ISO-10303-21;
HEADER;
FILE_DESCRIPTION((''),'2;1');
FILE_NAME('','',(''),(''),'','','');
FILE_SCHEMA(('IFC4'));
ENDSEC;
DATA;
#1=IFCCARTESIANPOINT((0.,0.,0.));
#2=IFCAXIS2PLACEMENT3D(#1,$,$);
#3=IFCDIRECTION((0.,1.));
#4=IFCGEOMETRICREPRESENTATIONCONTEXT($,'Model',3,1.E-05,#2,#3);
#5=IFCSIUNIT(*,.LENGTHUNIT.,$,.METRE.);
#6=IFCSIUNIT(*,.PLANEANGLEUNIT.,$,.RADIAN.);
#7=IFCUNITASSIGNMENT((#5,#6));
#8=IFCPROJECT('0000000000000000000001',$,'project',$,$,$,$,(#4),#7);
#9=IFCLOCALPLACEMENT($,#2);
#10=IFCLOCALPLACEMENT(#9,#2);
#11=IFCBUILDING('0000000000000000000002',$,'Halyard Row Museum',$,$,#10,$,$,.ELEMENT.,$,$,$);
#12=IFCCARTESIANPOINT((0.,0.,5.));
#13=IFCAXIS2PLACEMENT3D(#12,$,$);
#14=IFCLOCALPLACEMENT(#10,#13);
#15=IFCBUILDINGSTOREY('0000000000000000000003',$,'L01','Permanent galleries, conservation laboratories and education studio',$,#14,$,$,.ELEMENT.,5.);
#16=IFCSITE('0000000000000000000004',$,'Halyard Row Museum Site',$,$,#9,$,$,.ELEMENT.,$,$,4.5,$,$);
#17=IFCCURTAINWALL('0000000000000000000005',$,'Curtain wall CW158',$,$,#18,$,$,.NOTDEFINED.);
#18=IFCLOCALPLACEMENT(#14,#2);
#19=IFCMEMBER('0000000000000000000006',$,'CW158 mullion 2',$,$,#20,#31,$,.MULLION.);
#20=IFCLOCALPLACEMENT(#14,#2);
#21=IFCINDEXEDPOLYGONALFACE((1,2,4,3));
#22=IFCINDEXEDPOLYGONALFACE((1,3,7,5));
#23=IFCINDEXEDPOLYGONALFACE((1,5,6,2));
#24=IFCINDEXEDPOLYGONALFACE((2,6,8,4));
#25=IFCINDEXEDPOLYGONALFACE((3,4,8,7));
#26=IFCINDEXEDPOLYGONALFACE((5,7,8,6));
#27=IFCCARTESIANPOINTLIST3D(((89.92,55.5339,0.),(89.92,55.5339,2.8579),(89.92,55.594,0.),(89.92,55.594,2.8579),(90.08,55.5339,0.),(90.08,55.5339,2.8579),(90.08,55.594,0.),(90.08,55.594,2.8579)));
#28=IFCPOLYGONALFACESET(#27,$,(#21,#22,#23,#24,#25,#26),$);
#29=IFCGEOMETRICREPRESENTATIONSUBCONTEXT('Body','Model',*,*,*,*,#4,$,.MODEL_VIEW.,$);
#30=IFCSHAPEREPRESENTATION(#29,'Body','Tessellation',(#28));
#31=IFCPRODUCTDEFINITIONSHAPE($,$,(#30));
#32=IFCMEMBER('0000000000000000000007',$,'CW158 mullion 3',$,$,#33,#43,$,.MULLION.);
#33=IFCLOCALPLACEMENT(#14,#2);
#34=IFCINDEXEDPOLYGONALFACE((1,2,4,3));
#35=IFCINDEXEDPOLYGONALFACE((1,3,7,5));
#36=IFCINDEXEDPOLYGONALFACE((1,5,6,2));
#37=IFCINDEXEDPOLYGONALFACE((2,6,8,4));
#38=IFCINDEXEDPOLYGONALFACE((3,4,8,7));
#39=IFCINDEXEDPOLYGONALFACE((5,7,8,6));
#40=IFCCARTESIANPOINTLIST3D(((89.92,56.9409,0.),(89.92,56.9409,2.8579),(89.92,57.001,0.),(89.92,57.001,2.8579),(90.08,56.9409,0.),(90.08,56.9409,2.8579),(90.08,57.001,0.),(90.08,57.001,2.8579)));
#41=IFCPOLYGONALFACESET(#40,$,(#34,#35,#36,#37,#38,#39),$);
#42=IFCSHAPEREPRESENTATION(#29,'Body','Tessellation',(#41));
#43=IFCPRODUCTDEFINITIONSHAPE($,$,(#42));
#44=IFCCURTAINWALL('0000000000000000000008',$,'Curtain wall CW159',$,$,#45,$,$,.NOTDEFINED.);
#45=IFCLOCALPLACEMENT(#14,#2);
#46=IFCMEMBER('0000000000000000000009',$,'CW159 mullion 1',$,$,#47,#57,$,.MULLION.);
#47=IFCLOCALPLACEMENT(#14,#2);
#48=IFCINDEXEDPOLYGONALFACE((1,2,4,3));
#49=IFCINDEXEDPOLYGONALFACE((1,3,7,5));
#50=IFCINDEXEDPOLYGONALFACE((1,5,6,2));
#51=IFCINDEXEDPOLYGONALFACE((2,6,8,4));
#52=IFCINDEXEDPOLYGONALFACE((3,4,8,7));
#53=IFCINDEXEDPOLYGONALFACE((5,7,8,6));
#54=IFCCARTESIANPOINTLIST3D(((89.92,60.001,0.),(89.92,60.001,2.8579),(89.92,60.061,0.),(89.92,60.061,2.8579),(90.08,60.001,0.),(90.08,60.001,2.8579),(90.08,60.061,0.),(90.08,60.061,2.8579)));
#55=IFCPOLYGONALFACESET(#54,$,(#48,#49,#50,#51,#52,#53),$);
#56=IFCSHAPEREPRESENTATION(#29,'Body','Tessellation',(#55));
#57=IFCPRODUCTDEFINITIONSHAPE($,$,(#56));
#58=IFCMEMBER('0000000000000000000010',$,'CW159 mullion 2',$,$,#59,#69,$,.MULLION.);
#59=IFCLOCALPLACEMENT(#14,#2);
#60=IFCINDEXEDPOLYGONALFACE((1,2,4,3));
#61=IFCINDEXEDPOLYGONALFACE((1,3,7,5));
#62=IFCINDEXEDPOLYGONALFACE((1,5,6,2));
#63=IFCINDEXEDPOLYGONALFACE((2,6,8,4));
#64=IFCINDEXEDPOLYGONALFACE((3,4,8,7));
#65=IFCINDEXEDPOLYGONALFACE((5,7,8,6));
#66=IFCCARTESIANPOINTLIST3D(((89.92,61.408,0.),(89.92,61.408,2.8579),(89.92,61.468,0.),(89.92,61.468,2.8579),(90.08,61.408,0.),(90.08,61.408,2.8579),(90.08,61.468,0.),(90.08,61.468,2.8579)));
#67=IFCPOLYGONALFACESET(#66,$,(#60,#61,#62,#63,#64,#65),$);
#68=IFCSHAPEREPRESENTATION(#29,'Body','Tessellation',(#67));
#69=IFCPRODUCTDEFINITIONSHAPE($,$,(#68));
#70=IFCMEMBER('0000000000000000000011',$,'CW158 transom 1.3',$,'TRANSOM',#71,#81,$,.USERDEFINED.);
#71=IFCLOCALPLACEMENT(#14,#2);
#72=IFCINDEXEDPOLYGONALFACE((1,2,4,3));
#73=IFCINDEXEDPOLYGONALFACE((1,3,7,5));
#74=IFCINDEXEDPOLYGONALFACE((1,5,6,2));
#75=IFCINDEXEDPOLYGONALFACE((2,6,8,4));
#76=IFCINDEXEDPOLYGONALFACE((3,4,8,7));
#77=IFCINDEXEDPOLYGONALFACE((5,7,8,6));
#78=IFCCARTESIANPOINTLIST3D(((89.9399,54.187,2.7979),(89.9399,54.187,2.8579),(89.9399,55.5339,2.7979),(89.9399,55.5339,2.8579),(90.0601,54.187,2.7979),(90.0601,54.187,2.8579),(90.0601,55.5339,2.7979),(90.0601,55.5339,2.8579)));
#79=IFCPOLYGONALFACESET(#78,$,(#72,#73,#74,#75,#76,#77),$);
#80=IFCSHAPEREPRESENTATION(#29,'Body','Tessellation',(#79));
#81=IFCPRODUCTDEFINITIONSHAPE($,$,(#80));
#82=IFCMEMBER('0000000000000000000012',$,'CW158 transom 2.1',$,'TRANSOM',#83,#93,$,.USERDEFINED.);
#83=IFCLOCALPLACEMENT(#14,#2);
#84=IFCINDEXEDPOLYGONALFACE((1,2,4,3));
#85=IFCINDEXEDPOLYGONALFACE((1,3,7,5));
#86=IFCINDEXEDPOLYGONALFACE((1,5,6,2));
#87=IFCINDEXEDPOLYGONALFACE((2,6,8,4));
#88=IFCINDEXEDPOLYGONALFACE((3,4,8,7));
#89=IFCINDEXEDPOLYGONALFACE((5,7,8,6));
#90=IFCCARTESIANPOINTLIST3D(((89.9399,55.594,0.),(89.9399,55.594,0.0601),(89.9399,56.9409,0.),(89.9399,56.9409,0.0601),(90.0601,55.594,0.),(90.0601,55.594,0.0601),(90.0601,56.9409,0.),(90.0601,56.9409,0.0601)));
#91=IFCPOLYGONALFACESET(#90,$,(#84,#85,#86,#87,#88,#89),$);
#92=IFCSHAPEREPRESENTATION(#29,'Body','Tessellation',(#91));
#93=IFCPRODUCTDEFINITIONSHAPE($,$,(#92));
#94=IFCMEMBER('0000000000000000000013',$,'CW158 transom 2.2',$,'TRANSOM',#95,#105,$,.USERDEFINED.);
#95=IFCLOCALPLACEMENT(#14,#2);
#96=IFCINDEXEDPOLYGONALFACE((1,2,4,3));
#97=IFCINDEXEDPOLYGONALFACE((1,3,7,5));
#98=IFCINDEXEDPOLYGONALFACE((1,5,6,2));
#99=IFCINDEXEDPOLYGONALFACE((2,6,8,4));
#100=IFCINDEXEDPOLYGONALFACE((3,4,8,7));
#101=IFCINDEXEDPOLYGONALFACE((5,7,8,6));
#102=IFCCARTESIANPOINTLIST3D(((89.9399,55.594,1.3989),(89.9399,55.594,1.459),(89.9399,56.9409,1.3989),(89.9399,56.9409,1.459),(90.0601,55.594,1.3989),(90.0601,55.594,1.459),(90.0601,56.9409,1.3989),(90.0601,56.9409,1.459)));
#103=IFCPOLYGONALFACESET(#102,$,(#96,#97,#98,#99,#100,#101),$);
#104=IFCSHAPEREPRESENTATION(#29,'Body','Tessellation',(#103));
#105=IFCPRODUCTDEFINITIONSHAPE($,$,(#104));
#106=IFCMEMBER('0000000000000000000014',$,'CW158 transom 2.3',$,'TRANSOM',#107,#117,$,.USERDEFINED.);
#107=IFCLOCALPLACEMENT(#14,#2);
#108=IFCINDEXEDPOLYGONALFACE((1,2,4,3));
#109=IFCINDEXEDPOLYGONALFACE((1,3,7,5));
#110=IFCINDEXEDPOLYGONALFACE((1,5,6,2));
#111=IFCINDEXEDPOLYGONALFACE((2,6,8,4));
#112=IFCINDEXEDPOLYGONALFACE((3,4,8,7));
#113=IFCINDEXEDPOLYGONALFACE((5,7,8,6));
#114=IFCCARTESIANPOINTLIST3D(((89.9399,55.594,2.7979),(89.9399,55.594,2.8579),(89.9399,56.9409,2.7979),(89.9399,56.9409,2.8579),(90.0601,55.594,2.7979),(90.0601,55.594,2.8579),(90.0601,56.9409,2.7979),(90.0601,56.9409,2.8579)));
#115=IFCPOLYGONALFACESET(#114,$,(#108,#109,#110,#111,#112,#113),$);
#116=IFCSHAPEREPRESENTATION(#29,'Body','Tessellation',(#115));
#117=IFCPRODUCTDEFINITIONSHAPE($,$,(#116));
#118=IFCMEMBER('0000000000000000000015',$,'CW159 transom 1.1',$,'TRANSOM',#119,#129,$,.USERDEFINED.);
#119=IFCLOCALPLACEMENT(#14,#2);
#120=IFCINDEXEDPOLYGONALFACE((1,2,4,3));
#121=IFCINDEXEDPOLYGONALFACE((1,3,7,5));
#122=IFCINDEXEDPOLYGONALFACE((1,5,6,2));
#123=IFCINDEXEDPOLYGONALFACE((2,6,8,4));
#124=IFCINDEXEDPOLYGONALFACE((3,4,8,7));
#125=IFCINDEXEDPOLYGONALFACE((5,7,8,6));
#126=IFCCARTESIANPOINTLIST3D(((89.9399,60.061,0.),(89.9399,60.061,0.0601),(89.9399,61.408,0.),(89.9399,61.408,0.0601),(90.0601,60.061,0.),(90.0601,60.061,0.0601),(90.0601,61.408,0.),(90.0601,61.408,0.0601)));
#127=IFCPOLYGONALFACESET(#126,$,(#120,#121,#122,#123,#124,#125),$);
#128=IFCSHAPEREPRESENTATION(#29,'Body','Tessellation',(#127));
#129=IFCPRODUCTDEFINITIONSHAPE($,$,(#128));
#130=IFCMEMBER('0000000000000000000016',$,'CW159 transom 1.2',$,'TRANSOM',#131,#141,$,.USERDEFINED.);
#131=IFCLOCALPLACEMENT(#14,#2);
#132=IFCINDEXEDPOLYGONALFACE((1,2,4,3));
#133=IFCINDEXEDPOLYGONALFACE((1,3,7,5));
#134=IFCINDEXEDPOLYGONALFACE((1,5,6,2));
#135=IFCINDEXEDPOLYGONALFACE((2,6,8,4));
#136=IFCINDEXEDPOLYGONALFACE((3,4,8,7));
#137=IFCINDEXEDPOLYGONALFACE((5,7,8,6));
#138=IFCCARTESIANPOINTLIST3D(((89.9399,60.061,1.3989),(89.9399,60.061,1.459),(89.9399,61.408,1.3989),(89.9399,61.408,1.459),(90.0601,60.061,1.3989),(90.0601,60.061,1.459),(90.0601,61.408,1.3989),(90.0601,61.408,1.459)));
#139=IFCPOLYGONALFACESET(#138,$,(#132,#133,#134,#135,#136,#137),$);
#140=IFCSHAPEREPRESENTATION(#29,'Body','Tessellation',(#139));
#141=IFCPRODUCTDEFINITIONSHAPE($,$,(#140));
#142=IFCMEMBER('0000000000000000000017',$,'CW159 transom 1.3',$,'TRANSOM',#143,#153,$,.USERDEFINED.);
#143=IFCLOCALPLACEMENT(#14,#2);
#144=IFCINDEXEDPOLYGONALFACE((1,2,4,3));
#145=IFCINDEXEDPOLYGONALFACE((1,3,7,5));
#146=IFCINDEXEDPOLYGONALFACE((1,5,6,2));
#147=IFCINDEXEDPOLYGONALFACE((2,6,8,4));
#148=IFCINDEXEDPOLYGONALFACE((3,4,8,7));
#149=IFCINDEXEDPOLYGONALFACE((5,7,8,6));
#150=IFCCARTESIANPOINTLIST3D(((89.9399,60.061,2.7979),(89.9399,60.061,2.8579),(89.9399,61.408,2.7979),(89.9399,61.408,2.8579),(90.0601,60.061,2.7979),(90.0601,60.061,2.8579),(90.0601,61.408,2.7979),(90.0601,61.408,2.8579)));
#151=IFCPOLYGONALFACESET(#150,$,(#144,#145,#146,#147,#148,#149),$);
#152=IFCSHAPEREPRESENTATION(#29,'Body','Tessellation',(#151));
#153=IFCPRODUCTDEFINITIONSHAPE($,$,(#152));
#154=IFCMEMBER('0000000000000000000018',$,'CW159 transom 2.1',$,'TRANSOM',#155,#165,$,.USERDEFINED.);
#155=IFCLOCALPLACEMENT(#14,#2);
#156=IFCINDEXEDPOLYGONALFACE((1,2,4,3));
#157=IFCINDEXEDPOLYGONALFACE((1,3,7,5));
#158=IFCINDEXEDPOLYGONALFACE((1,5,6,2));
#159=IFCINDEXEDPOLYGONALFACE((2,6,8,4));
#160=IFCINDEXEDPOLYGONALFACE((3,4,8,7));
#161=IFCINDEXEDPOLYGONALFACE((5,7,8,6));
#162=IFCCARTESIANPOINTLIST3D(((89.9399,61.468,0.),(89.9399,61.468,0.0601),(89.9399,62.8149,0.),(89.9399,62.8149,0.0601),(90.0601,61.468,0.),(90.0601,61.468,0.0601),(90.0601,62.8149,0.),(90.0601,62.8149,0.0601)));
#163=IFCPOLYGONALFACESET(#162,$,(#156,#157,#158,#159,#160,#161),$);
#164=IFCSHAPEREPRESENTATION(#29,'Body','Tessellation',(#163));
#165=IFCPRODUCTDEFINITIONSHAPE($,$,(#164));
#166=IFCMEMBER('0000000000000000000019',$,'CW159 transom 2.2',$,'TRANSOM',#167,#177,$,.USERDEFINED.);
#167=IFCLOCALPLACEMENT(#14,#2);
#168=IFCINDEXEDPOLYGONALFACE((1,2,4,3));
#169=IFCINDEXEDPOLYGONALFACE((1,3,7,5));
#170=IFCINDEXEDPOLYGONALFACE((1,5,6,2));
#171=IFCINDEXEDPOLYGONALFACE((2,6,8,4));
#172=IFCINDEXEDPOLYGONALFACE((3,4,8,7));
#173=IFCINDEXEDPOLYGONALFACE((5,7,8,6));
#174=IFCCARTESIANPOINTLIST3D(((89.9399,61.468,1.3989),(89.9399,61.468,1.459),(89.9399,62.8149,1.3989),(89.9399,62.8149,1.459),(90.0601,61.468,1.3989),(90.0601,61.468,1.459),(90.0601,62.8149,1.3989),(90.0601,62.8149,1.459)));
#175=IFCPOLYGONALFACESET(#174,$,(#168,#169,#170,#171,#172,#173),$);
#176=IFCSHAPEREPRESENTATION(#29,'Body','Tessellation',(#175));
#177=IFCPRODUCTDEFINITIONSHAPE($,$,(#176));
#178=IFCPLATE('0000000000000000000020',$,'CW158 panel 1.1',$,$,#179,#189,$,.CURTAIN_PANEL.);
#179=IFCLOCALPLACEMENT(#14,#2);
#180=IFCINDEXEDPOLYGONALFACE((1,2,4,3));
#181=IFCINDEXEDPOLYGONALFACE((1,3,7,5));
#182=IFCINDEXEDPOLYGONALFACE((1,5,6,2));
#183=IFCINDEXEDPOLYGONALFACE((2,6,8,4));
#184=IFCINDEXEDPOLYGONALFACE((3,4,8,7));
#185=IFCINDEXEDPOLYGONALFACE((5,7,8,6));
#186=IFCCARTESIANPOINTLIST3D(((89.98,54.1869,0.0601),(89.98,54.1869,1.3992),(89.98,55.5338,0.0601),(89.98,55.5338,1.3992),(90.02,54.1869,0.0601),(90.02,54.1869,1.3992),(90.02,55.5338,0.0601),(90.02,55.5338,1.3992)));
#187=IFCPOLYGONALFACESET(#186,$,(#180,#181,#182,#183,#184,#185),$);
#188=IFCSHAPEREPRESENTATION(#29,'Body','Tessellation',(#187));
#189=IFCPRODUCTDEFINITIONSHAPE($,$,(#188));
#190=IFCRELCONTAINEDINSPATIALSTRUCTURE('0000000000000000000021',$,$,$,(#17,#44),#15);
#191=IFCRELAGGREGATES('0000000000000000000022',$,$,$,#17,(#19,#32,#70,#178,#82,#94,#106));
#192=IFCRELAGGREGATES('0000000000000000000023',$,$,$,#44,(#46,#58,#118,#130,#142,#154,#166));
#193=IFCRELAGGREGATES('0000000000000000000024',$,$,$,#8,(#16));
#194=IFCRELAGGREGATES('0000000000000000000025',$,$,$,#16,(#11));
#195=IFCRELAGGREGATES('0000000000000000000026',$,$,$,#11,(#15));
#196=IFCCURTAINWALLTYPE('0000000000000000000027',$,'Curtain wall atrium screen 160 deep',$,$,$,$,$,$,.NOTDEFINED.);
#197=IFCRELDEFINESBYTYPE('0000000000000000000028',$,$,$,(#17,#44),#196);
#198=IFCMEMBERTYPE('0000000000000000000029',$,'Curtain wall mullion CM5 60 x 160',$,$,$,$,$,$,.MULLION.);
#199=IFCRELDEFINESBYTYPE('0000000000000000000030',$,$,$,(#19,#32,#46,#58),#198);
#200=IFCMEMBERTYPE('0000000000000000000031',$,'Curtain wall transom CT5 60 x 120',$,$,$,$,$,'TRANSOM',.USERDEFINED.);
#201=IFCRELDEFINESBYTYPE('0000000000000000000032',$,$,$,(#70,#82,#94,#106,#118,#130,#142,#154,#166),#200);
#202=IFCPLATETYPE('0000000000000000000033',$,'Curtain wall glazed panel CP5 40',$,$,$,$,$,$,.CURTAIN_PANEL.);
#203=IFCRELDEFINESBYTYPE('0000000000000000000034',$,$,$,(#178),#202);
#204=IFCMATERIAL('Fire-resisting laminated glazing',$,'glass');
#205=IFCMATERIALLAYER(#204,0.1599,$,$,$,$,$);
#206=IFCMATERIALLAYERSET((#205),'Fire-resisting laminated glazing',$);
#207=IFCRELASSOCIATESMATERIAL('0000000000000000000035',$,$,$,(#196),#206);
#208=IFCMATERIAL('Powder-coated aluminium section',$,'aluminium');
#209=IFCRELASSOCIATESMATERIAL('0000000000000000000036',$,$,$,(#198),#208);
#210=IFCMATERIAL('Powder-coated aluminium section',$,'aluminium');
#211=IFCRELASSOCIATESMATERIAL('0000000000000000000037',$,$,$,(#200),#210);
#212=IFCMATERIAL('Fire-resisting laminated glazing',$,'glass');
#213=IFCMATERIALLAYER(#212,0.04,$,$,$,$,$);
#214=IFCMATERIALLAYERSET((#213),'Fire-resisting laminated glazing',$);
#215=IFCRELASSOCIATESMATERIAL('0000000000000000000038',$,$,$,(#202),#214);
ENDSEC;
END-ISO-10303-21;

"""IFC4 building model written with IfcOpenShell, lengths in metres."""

from ifc_helpers import new_model, si_unit, direction, frame, origin, origin_2d, place, context, subcontext, project, spatial, rectangle, extrude, material, layer, layer_set, material_profile, profile_set, type_object, element, aggregate, save


model = new_model("IFC4")

# Units and contexts
model_context = context("Model", 3, precision=1e-05, world=origin(), true_north=direction((0.0, 1.0)))
body_context = subcontext(model_context, "Body", "Model", "MODEL_VIEW")
ifc_project = project(units=[si_unit("LENGTHUNIT", "METRE"), si_unit("PLANEANGLEUNIT", "RADIAN")], contexts=[model_context])

# Site, building, storey
site_placement = place(None, origin())
site = spatial("IfcSite", under=ifc_project, at=site_placement, Name="Halyard Row Museum Site", CompositionType="ELEMENT", RefElevation=4.5)
building_placement = place(site_placement, origin())
building = spatial("IfcBuilding", under=site, at=building_placement, Name="Halyard Row Museum", CompositionType="ELEMENT")
storey_placement = place(building_placement, frame((0.0, 0.0, 5.0)))
storey = spatial("IfcBuildingStorey", under=building, at=storey_placement, Name="L01", Description="Permanent galleries, conservation laboratories and education studio", CompositionType="ELEMENT", Elevation=5.0)

# Curtain walls, members
ifc_material_1 = material(Name="Fire-resisting laminated glazing", Category="glass")
ifc_layer_1 = layer(ifc_material_1, 0.1599)
ifc_layer_set_1 = layer_set([ifc_layer_1], Name="Fire-resisting laminated glazing")
curtain_wall_type = type_object("IfcCurtainWallType", Name="Curtain wall atrium screen 160 deep", PredefinedType="NOTDEFINED", material=ifc_layer_set_1)
curtain_wall_1_placement = place(storey_placement, origin())
curtain_wall_1 = element("IfcCurtainWall", 1, at=curtain_wall_1_placement, inside=storey, type_object=curtain_wall_type, Name="Curtain wall CW158", PredefinedType="NOTDEFINED")
ifc_material_2 = material(Name="Powder-coated aluminium section", Category="aluminium")
ifc_material_profile_1 = material_profile(ifc_material_2, rectangle(XDim=0.1599, YDim=0.0601, at=origin_2d()), Name="160x60 mullion")
ifc_profile_set_1 = profile_set([ifc_material_profile_1], Name="Powder-coated aluminium section")
member_type_1 = type_object("IfcMemberType", Name="Curtain wall mullion CM5 60 x 160", PredefinedType="MULLION", material=ifc_profile_set_1)
member_1_placement = place(storey_placement, frame((90.0, 55.564, 0.0), z_axis=(0.0, 0.0, 1.0), x_axis=(-1.0, 0.0, 0.0)))
member_1 = element("IfcMember", 2, at=member_1_placement, type_object=member_type_1, Name="CW158 mullion 2", PredefinedType="MULLION", context=body_context, shape_type="SweptSolid", body=[
    extrude(rectangle(XDim=0.1599, YDim=0.0601, at=origin_2d()), origin(), (0.0, 0.0, 1.0), 2.8579),
])
member_2_placement = place(storey_placement, frame((90.0, 56.9709, 0.0), z_axis=(0.0, 0.0, 1.0), x_axis=(-1.0, 0.0, 0.0)))
member_2 = element("IfcMember", 3, at=member_2_placement, type_object=member_type_1, Name="CW158 mullion 3", PredefinedType="MULLION", context=body_context, shape_type="SweptSolid", body=[
    extrude(rectangle(XDim=0.1599, YDim=0.0601, at=origin_2d()), origin(), (0.0, 0.0, 1.0), 2.8579),
])
curtain_wall_2_placement = place(storey_placement, origin())
curtain_wall_2 = element("IfcCurtainWall", 4, at=curtain_wall_2_placement, inside=storey, type_object=curtain_wall_type, Name="Curtain wall CW159", PredefinedType="NOTDEFINED")
member_3_placement = place(storey_placement, frame((90.0, 60.031, 0.0), z_axis=(0.0, 0.0, 1.0), x_axis=(-1.0, 0.0, 0.0)))
member_3 = element("IfcMember", 5, at=member_3_placement, type_object=member_type_1, Name="CW159 mullion 1", PredefinedType="MULLION", context=body_context, shape_type="SweptSolid", body=[
    extrude(rectangle(XDim=0.1599, YDim=0.0601, at=origin_2d()), origin(), (0.0, 0.0, 1.0), 2.8579),
])
member_4_placement = place(storey_placement, frame((90.0, 61.438, 0.0), z_axis=(0.0, 0.0, 1.0), x_axis=(-1.0, 0.0, 0.0)))
member_4 = element("IfcMember", 6, at=member_4_placement, type_object=member_type_1, Name="CW159 mullion 2", PredefinedType="MULLION", context=body_context, shape_type="SweptSolid", body=[
    extrude(rectangle(XDim=0.1599, YDim=0.0601, at=origin_2d()), origin(), (0.0, 0.0, 1.0), 2.8579),
])

# Members
ifc_material_3 = material(Name="Powder-coated aluminium section", Category="aluminium")
ifc_material_profile_2 = material_profile(ifc_material_3, rectangle(XDim=0.1201, YDim=0.0601, at=origin_2d()), Name="120x60 transom")
ifc_profile_set_2 = profile_set([ifc_material_profile_2], Name="Powder-coated aluminium section")
member_type_2 = type_object("IfcMemberType", Name="Curtain wall transom CT5 60 x 120", ElementType="TRANSOM", PredefinedType="USERDEFINED", material=ifc_profile_set_2)
member_5_placement = place(storey_placement, frame((90.0, 54.187, 2.8279), z_axis=(0.0, 1.0, 0.0), x_axis=(-1.0, 0.0, 0.0)))
member_5 = element("IfcMember", 7, at=member_5_placement, type_object=member_type_2, Name="CW158 transom 1.3", ObjectType="TRANSOM", PredefinedType="USERDEFINED", context=body_context, shape_type="SweptSolid", body=[
    extrude(rectangle(XDim=0.1201, YDim=0.0601, at=origin_2d()), origin(), (0.0, 0.0, 1.0), 1.3469),
])
member_6_placement = place(storey_placement, frame((90.0, 55.594, 0.03), z_axis=(0.0, 1.0, 0.0), x_axis=(-1.0, 0.0, 0.0)))
member_6 = element("IfcMember", 8, at=member_6_placement, type_object=member_type_2, Name="CW158 transom 2.1", ObjectType="TRANSOM", PredefinedType="USERDEFINED", context=body_context, shape_type="SweptSolid", body=[
    extrude(rectangle(XDim=0.1201, YDim=0.0601, at=origin_2d()), origin(), (0.0, 0.0, 1.0), 1.3469),
])
member_7_placement = place(storey_placement, frame((90.0, 55.594, 1.429), z_axis=(0.0, 1.0, 0.0), x_axis=(-1.0, 0.0, 0.0)))
member_7 = element("IfcMember", 9, at=member_7_placement, type_object=member_type_2, Name="CW158 transom 2.2", ObjectType="TRANSOM", PredefinedType="USERDEFINED", context=body_context, shape_type="SweptSolid", body=[
    extrude(rectangle(XDim=0.1201, YDim=0.0601, at=origin_2d()), origin(), (0.0, 0.0, 1.0), 1.3469),
])
member_8_placement = place(storey_placement, frame((90.0, 55.594, 2.8279), z_axis=(0.0, 1.0, 0.0), x_axis=(-1.0, 0.0, 0.0)))
member_8 = element("IfcMember", 10, at=member_8_placement, type_object=member_type_2, Name="CW158 transom 2.3", ObjectType="TRANSOM", PredefinedType="USERDEFINED", context=body_context, shape_type="SweptSolid", body=[
    extrude(rectangle(XDim=0.1201, YDim=0.0601, at=origin_2d()), origin(), (0.0, 0.0, 1.0), 1.3469),
])
member_9_placement = place(storey_placement, frame((90.0, 60.061, 0.03), z_axis=(0.0, 1.0, 0.0), x_axis=(-1.0, 0.0, 0.0)))
member_9 = element("IfcMember", 11, at=member_9_placement, type_object=member_type_2, Name="CW159 transom 1.1", ObjectType="TRANSOM", PredefinedType="USERDEFINED", context=body_context, shape_type="SweptSolid", body=[
    extrude(rectangle(XDim=0.1201, YDim=0.0601, at=origin_2d()), origin(), (0.0, 0.0, 1.0), 1.3469),
])
member_10_placement = place(storey_placement, frame((90.0, 60.061, 1.429), z_axis=(0.0, 1.0, 0.0), x_axis=(-1.0, 0.0, 0.0)))
member_10 = element("IfcMember", 12, at=member_10_placement, type_object=member_type_2, Name="CW159 transom 1.2", ObjectType="TRANSOM", PredefinedType="USERDEFINED", context=body_context, shape_type="SweptSolid", body=[
    extrude(rectangle(XDim=0.1201, YDim=0.0601, at=origin_2d()), origin(), (0.0, 0.0, 1.0), 1.3469),
])
member_11_placement = place(storey_placement, frame((90.0, 60.061, 2.8279), z_axis=(0.0, 1.0, 0.0), x_axis=(-1.0, 0.0, 0.0)))
member_11 = element("IfcMember", 13, at=member_11_placement, type_object=member_type_2, Name="CW159 transom 1.3", ObjectType="TRANSOM", PredefinedType="USERDEFINED", context=body_context, shape_type="SweptSolid", body=[
    extrude(rectangle(XDim=0.1201, YDim=0.0601, at=origin_2d()), origin(), (0.0, 0.0, 1.0), 1.3469),
])
member_12_placement = place(storey_placement, frame((90.0, 61.468, 0.03), z_axis=(0.0, 1.0, 0.0), x_axis=(-1.0, 0.0, 0.0)))
member_12 = element("IfcMember", 14, at=member_12_placement, type_object=member_type_2, Name="CW159 transom 2.1", ObjectType="TRANSOM", PredefinedType="USERDEFINED", context=body_context, shape_type="SweptSolid", body=[
    extrude(rectangle(XDim=0.1201, YDim=0.0601, at=origin_2d()), origin(), (0.0, 0.0, 1.0), 1.3469),
])
member_13_placement = place(storey_placement, frame((90.0, 61.468, 1.429), z_axis=(0.0, 1.0, 0.0), x_axis=(-1.0, 0.0, 0.0)))
member_13 = element("IfcMember", 15, at=member_13_placement, type_object=member_type_2, Name="CW159 transom 2.2", ObjectType="TRANSOM", PredefinedType="USERDEFINED", context=body_context, shape_type="SweptSolid", body=[
    extrude(rectangle(XDim=0.1201, YDim=0.0601, at=origin_2d()), origin(), (0.0, 0.0, 1.0), 1.3469),
])

# Plate
ifc_material_4 = material(Name="Fire-resisting laminated glazing", Category="glass")
ifc_layer_2 = layer(ifc_material_4, 0.04)
ifc_layer_set_2 = layer_set([ifc_layer_2], Name="Fire-resisting laminated glazing")
plate_type = type_object("IfcPlateType", Name="Curtain wall glazed panel CP5 40", PredefinedType="CURTAIN_PANEL", material=ifc_layer_set_2)
plate_1_placement = place(storey_placement, frame((90.0, 54.8604, 0.0601), z_axis=(0.0, 0.0, 1.0), x_axis=(0.0, 1.0, 0.0)))
plate_1 = element("IfcPlate", 16, at=plate_1_placement, type_object=plate_type, Name="CW158 panel 1.1", PredefinedType="CURTAIN_PANEL", context=body_context, shape_type="SweptSolid", body=[
    extrude(rectangle(XDim=1.3469, YDim=0.04, at=origin_2d()), origin(), (0.0, 0.0, 1.0), 1.3391),
])
aggregate(curtain_wall_1, [member_1, member_2, member_5, plate_1, member_6, member_7, member_8])
aggregate(curtain_wall_2, [member_3, member_4, member_9, member_10, member_11, member_12, member_13])

save(model, "model.ifc")
